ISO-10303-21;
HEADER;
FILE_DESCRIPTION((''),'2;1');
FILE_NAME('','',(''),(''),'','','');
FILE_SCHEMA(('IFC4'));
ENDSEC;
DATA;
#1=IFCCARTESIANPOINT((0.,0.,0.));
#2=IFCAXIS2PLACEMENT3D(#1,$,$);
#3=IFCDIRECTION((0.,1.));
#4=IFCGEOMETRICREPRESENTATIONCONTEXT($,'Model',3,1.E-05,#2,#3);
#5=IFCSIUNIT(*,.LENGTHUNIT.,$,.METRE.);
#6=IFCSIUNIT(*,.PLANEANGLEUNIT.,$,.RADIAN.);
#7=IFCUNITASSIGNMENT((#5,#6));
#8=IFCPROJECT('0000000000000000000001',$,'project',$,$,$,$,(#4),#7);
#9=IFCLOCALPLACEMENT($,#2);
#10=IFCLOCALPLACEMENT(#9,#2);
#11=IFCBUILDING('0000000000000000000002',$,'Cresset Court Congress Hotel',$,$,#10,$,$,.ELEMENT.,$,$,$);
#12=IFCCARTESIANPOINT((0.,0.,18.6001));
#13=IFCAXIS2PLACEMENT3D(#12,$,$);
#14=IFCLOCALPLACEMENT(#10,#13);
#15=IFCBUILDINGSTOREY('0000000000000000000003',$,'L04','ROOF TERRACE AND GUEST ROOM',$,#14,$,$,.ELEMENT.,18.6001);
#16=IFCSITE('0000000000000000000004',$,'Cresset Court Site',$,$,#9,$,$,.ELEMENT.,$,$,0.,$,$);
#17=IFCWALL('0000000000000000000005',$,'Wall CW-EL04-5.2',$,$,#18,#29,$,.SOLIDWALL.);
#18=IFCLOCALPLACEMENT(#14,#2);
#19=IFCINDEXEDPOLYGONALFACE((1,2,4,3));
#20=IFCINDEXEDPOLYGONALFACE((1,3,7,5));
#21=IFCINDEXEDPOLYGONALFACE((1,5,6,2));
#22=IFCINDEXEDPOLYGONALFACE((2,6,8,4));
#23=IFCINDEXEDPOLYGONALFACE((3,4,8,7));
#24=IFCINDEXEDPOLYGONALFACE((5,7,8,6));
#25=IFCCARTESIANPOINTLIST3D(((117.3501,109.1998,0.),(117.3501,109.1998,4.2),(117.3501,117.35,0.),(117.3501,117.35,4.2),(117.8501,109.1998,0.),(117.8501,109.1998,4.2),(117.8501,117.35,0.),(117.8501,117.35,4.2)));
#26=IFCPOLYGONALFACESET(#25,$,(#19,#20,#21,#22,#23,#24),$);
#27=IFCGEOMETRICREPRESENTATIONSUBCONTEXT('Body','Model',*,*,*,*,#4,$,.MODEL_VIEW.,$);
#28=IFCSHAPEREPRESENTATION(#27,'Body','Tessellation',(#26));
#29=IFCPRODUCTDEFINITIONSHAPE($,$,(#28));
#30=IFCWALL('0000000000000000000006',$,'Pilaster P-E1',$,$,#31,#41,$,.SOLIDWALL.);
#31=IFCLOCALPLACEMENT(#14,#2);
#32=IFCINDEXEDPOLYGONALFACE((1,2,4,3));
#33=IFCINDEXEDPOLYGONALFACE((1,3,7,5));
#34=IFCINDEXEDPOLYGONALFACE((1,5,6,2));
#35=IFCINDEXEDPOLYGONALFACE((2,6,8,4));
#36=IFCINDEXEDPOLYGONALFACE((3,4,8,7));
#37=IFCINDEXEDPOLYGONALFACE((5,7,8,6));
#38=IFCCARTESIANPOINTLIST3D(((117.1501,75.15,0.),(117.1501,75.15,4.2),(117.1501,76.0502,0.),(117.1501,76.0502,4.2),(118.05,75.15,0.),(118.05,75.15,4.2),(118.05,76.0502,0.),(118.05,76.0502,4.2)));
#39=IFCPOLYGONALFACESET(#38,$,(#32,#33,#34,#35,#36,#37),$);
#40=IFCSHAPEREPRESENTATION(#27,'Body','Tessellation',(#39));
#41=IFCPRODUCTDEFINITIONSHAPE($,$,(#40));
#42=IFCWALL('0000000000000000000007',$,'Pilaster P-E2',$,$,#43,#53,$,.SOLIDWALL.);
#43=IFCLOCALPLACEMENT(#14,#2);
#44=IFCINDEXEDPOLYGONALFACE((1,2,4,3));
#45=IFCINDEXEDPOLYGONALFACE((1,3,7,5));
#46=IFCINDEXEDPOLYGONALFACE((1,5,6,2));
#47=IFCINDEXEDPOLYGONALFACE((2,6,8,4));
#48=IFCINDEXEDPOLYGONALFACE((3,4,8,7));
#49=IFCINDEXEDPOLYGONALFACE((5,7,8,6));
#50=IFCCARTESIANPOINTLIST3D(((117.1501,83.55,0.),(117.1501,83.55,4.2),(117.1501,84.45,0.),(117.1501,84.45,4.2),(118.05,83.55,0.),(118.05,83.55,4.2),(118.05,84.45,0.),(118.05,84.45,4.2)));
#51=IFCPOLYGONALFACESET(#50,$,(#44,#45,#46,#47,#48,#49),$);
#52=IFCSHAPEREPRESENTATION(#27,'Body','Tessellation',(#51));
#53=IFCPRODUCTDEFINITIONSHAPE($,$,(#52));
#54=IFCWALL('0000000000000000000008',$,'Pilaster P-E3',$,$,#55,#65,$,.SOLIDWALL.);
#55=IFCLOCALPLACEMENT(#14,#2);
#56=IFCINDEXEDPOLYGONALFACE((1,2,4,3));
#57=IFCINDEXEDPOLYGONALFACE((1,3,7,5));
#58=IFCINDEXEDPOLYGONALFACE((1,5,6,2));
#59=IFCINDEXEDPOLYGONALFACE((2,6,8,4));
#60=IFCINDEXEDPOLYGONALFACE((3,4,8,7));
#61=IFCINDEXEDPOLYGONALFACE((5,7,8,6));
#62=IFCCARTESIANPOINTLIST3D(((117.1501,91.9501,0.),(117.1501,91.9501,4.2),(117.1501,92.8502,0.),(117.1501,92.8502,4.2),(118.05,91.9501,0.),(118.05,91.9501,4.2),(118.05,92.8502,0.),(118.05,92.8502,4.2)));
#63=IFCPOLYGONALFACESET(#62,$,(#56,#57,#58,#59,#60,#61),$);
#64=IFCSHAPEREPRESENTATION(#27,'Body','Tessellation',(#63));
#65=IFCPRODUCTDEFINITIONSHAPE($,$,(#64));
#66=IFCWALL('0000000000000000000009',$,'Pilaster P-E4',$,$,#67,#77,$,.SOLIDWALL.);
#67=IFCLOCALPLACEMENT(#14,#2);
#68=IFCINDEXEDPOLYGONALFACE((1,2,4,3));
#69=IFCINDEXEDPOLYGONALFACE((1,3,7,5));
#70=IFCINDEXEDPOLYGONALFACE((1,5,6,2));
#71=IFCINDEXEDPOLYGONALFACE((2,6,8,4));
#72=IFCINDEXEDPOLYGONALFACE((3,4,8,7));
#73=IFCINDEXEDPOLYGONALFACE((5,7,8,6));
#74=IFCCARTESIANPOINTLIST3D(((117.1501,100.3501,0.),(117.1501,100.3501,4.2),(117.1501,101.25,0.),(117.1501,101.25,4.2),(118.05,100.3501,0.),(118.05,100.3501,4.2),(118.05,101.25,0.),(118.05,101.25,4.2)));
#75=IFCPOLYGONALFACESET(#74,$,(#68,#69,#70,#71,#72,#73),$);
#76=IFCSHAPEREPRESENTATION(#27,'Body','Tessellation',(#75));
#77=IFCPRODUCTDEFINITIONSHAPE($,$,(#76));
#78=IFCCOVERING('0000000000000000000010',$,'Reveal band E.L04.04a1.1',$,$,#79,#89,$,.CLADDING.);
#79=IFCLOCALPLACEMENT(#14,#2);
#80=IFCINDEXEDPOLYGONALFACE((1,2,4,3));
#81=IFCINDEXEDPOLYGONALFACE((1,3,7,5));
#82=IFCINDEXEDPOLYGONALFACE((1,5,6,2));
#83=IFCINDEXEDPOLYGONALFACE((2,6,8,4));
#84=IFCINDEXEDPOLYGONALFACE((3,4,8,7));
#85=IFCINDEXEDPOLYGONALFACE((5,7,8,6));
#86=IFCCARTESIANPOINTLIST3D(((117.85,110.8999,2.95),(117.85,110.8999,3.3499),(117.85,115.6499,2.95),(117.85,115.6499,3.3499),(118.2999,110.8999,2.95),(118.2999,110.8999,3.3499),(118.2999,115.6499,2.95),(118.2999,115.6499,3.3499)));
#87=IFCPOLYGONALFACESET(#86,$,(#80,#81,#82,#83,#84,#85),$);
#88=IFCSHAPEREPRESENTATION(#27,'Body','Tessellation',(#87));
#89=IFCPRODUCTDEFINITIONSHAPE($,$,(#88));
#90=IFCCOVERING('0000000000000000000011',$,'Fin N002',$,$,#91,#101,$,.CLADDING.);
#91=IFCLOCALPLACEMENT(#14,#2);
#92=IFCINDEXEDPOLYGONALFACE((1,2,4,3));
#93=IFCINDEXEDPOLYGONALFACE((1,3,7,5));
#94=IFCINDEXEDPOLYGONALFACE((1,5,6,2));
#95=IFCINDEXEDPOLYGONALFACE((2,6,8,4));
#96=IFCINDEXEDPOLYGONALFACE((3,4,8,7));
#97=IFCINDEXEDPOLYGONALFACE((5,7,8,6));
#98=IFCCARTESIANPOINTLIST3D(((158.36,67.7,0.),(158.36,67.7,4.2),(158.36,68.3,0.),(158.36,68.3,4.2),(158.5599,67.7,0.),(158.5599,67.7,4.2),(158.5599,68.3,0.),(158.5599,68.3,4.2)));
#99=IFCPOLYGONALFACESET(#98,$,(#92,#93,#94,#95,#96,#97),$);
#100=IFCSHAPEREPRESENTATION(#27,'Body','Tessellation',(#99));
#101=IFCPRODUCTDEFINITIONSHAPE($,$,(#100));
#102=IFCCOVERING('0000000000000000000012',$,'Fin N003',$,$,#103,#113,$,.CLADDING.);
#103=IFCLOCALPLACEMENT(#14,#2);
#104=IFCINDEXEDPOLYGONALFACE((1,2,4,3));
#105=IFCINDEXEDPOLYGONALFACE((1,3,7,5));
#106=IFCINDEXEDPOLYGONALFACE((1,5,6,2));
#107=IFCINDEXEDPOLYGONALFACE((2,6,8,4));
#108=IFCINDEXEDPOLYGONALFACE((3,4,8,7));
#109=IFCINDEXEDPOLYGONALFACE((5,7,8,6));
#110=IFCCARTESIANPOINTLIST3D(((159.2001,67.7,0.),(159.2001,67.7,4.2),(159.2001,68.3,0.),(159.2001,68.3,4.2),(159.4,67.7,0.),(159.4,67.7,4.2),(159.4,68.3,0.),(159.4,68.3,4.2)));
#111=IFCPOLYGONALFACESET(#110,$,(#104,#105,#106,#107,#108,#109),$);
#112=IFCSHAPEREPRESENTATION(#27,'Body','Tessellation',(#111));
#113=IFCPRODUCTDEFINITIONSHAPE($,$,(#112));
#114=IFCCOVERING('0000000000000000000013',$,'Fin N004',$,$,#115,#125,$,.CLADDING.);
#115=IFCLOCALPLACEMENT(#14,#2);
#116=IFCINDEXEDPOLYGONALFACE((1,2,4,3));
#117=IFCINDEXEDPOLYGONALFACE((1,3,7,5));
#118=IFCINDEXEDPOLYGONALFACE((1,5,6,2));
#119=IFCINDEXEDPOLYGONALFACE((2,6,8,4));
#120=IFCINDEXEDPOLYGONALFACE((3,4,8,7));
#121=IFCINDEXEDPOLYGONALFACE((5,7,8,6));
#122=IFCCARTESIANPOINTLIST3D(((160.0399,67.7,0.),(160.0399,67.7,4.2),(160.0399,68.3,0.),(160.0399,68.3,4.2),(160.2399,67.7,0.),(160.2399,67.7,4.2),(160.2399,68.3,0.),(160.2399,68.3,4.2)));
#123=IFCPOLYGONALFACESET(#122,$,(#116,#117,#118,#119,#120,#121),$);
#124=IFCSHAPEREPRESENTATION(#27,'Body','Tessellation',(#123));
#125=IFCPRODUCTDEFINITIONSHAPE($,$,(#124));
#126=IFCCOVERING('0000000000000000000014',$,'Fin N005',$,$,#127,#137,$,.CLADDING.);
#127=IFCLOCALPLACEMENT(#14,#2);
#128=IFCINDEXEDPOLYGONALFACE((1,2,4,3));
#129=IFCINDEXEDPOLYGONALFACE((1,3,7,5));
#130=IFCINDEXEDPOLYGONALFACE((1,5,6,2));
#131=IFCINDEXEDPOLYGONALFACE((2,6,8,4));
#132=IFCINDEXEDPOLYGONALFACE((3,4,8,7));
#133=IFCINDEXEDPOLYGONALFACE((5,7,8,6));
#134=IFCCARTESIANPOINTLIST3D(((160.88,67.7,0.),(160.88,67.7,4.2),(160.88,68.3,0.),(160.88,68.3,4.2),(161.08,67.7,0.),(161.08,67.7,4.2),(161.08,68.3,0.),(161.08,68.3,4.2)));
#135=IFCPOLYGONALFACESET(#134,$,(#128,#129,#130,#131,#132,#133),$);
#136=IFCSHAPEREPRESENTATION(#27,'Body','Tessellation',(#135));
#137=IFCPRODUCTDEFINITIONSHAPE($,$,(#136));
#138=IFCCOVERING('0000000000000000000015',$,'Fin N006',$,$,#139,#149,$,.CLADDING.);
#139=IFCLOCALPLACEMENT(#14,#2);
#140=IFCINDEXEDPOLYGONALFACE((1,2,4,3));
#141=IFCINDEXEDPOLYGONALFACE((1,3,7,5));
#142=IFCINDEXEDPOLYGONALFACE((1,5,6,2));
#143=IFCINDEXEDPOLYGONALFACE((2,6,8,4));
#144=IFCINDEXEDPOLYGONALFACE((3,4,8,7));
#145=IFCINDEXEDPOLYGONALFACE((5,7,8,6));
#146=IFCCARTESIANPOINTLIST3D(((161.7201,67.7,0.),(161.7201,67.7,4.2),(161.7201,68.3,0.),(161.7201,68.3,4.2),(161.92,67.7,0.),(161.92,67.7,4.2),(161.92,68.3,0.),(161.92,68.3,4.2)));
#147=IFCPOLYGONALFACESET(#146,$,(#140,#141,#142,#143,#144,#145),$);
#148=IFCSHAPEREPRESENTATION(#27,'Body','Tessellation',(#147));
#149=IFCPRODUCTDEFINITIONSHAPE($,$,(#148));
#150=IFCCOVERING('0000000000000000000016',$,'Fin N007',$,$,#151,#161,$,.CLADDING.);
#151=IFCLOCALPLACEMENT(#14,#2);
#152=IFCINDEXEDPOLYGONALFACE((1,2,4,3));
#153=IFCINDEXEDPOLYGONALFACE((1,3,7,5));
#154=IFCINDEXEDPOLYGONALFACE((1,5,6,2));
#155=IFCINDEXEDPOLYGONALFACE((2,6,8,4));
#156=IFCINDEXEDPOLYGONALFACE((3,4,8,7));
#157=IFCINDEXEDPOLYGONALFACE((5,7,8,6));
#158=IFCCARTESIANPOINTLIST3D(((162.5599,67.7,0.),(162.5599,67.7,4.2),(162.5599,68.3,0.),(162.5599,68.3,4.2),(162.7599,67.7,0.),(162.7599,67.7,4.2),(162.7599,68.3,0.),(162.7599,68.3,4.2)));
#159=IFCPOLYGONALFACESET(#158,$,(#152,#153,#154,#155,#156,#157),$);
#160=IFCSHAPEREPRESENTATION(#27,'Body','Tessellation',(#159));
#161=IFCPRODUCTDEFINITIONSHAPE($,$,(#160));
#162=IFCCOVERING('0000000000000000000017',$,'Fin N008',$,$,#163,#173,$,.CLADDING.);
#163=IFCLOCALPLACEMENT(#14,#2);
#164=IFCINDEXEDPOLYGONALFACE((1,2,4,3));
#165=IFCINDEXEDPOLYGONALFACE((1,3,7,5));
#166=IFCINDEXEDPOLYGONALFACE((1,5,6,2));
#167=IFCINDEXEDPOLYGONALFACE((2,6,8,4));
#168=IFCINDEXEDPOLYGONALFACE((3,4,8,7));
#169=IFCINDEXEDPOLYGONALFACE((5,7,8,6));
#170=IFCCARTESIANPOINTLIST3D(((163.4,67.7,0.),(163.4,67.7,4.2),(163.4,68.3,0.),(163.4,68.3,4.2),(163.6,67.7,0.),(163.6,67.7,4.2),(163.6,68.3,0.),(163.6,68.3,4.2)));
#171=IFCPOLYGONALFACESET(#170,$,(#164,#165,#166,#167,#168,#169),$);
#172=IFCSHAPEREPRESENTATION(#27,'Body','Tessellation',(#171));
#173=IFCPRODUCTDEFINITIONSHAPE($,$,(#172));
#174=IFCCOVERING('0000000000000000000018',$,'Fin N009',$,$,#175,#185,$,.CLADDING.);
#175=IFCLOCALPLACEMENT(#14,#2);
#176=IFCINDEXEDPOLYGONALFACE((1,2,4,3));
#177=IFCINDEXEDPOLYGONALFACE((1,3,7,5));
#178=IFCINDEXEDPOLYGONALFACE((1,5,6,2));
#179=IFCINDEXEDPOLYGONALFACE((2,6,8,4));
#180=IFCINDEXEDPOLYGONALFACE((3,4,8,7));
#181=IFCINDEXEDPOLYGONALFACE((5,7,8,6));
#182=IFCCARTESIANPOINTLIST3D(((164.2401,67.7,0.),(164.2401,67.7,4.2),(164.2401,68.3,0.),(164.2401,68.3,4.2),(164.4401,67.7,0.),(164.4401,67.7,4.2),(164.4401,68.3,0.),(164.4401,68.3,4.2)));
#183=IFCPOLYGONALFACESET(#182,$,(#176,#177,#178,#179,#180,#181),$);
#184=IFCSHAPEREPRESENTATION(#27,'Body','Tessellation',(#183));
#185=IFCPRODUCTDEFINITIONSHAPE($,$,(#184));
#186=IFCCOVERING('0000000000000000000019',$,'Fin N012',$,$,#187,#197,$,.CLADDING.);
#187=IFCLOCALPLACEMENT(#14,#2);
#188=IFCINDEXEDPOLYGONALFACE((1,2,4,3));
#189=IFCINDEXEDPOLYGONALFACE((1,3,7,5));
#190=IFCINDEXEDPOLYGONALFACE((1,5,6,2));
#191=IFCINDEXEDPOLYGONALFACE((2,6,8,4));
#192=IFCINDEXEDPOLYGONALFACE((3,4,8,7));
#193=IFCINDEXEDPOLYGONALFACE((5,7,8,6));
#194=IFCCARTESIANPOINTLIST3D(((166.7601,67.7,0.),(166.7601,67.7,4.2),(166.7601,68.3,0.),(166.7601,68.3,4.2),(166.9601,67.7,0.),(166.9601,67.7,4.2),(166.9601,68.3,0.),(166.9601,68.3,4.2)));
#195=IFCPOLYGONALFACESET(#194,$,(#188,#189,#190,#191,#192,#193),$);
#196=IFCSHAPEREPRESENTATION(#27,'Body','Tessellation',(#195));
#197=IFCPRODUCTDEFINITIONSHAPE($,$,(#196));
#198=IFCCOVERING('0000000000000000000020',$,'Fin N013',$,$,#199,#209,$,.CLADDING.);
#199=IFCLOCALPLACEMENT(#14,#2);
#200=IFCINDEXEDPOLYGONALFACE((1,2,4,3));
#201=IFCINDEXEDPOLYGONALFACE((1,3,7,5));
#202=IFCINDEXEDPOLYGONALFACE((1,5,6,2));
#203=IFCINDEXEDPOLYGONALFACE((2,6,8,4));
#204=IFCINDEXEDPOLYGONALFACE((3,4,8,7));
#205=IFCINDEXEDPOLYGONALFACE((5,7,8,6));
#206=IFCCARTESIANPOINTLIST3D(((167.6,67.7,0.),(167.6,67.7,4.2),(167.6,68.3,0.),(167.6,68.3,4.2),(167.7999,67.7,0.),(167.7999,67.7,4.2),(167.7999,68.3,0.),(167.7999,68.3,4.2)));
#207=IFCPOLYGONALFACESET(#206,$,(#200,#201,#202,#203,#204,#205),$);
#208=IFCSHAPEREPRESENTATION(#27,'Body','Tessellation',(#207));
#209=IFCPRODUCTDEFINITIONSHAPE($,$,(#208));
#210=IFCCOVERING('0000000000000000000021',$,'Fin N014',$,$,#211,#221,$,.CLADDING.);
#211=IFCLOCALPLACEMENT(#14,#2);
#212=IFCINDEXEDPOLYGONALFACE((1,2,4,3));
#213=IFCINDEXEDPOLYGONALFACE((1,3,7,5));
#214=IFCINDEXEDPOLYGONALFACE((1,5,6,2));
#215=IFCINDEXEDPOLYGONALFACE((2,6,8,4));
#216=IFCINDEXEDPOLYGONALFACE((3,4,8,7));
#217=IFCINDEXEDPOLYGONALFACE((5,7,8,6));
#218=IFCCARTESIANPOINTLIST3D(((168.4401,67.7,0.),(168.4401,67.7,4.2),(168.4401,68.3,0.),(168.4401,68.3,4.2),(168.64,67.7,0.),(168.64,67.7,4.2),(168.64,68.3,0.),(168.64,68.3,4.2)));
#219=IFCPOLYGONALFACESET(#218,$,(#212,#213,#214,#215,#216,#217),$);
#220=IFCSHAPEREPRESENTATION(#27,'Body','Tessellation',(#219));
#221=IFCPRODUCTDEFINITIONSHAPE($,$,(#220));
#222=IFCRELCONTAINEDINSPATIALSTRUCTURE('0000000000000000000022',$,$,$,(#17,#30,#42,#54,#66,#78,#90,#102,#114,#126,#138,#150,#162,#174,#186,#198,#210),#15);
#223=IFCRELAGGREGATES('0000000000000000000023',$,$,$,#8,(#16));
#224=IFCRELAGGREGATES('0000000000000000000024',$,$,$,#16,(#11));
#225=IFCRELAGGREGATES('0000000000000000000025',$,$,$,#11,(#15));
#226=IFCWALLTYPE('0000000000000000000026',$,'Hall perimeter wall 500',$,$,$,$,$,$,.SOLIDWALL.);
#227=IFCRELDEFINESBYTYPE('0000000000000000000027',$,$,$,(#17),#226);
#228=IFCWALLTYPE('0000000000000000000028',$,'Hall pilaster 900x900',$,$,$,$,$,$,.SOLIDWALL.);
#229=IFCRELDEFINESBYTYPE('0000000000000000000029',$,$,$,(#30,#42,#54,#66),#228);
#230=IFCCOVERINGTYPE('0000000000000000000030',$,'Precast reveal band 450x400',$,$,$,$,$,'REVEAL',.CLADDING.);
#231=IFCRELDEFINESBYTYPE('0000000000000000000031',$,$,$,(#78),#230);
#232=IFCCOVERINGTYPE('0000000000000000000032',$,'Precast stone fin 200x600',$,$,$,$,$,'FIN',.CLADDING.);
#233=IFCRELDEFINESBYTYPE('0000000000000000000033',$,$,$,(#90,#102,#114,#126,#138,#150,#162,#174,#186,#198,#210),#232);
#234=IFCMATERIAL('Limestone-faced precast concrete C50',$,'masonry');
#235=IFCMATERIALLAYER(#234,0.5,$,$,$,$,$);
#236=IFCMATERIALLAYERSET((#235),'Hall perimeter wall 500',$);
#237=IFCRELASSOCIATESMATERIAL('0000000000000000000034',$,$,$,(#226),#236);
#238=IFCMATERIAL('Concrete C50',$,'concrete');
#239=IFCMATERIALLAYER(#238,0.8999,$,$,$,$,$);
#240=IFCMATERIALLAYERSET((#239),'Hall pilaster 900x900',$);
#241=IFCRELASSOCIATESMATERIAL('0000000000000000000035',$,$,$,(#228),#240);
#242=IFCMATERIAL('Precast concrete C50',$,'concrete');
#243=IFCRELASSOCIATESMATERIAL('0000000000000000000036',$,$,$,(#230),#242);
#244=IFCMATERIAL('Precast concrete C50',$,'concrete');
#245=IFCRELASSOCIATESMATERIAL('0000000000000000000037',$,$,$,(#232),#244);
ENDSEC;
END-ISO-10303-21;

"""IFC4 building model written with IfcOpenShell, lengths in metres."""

from ifc_helpers import new_model, si_unit, direction, frame, frame_2d, origin, origin_2d, place, context, subcontext, project, spatial, rectangle, extrude, material, layer, layer_set, type_object, element, save


model = new_model("IFC4")

# Units and contexts
model_context = context("Model", 3, precision=1e-05, world=origin(), true_north=direction((0.0, 1.0)))
body_context = subcontext(model_context, "Body", "Model", "MODEL_VIEW")
ifc_project = project(units=[si_unit("LENGTHUNIT", "METRE"), si_unit("PLANEANGLEUNIT", "RADIAN")], contexts=[model_context])

# Site, building, storey
site_placement = place(None, origin())
site = spatial("IfcSite", under=ifc_project, at=site_placement, Name="Cresset Court Site", CompositionType="ELEMENT", RefElevation=0.0)
building_placement = place(site_placement, origin())
building = spatial("IfcBuilding", under=site, at=building_placement, Name="Cresset Court Congress Hotel", CompositionType="ELEMENT")
storey_placement = place(building_placement, frame((0.0, 0.0, 18.6001)))
storey = spatial("IfcBuildingStorey", under=building, at=storey_placement, Name="L04", Description="ROOF TERRACE AND GUEST ROOM", CompositionType="ELEMENT", Elevation=18.6001)

# Walls
ifc_material_1 = material(Name="Limestone-faced precast concrete C50", Category="masonry")
ifc_layer_1 = layer(ifc_material_1, 0.5)
ifc_layer_set_1 = layer_set([ifc_layer_1], Name="Hall perimeter wall 500")
wall_type_1 = type_object("IfcWallType", Name="Hall perimeter wall 500", PredefinedType="SOLIDWALL", material=ifc_layer_set_1)
wall_1_placement = place(storey_placement, frame((117.6001, 117.3501, 0.0), z_axis=(0.0, 0.0, 1.0), x_axis=(0.0, -1.0, 0.0)))
element("IfcWall", 1, at=wall_1_placement, inside=storey, type_object=wall_type_1, Name="Wall CW-EL04-5.2", PredefinedType="SOLIDWALL", context=body_context, shape_type="SweptSolid", body=[
    extrude(rectangle(XDim=8.1501, YDim=0.5, at=frame_2d((4.0752, 0.0))), origin(), (0.0, 0.0, 1.0), 4.2),
])
ifc_material_2 = material(Name="Concrete C50", Category="concrete")
ifc_layer_2 = layer(ifc_material_2, 0.8999)
ifc_layer_set_2 = layer_set([ifc_layer_2], Name="Hall pilaster 900x900")
wall_type_2 = type_object("IfcWallType", Name="Hall pilaster 900x900", PredefinedType="SOLIDWALL", material=ifc_layer_set_2)
wall_2_placement = place(storey_placement, frame((117.6001, 75.1499, 0.0), z_axis=(0.0, 0.0, 1.0), x_axis=(0.0, 1.0, 0.0)))
element("IfcWall", 2, at=wall_2_placement, inside=storey, type_object=wall_type_2, Name="Pilaster P-E1", PredefinedType="SOLIDWALL", context=body_context, shape_type="SweptSolid", body=[
    extrude(rectangle(XDim=0.9001, YDim=0.8999, at=frame_2d((0.4502, 0.0))), origin(), (0.0, 0.0, 1.0), 4.2),
])
wall_3_placement = place(storey_placement, frame((117.6001, 83.55, 0.0), z_axis=(0.0, 0.0, 1.0), x_axis=(0.0, 1.0, 0.0)))
element("IfcWall", 3, at=wall_3_placement, inside=storey, type_object=wall_type_2, Name="Pilaster P-E2", PredefinedType="SOLIDWALL", context=body_context, shape_type="SweptSolid", body=[
    extrude(rectangle(XDim=0.8999, YDim=0.8999, at=frame_2d((0.45, 0.0))), origin(), (0.0, 0.0, 1.0), 4.2),
])
wall_4_placement = place(storey_placement, frame((117.6001, 91.95, 0.0), z_axis=(0.0, 0.0, 1.0), x_axis=(0.0, 1.0, 0.0)))
element("IfcWall", 4, at=wall_4_placement, inside=storey, type_object=wall_type_2, Name="Pilaster P-E3", PredefinedType="SOLIDWALL", context=body_context, shape_type="SweptSolid", body=[
    extrude(rectangle(XDim=0.9001, YDim=0.8999, at=frame_2d((0.4502, 0.0))), origin(), (0.0, 0.0, 1.0), 4.2),
])
wall_5_placement = place(storey_placement, frame((117.6001, 100.3501, 0.0), z_axis=(0.0, 0.0, 1.0), x_axis=(0.0, 1.0, 0.0)))
element("IfcWall", 5, at=wall_5_placement, inside=storey, type_object=wall_type_2, Name="Pilaster P-E4", PredefinedType="SOLIDWALL", context=body_context, shape_type="SweptSolid", body=[
    extrude(rectangle(XDim=0.8999, YDim=0.8999, at=frame_2d((0.45, 0.0))), origin(), (0.0, 0.0, 1.0), 4.2),
])

# Coverings
ifc_material_3 = material(Name="Precast concrete C50", Category="concrete")
covering_type_1 = type_object("IfcCoveringType", Name="Precast reveal band 450x400", ElementType="REVEAL", PredefinedType="CLADDING", material=ifc_material_3)
covering_1_placement = place(storey_placement, frame((118.075, 113.2749, 2.95), z_axis=(0.0, 0.0, 1.0), x_axis=(0.0, -1.0, 0.0)))
element("IfcCovering", 6, at=covering_1_placement, inside=storey, type_object=covering_type_1, Name="Reveal band E.L04.04a1.1", PredefinedType="CLADDING", context=body_context, shape_type="SweptSolid", body=[
    extrude(rectangle(XDim=4.75, YDim=0.45, at=origin_2d()), origin(), (0.0, 0.0, 1.0), 0.3999),
])
ifc_material_4 = material(Name="Precast concrete C50", Category="concrete")
covering_type_2 = type_object("IfcCoveringType", Name="Precast stone fin 200x600", ElementType="FIN", PredefinedType="CLADDING", material=ifc_material_4)
for number, where, z_axis, x_axis, name in (
    (7, (158.46, 68.0, 0.0), (0.0, 0.0, 1.0), (1.0, 0.0, 0.0), "Fin N002"),
    (8, (159.3, 68.0, 0.0), (0.0, 0.0, 1.0), (1.0, 0.0, 0.0), "Fin N003"),
    (9, (160.1399, 68.0, 0.0), (0.0, 0.0, 1.0), (1.0, 0.0, 0.0), "Fin N004"),
    (10, (160.98, 68.0, 0.0), (0.0, 0.0, 1.0), (1.0, 0.0, 0.0), "Fin N005"),
    (11, (161.8201, 68.0, 0.0), (0.0, 0.0, 1.0), (1.0, 0.0, 0.0), "Fin N006"),
    (12, (162.6599, 68.0, 0.0), (0.0, 0.0, 1.0), (1.0, 0.0, 0.0), "Fin N007"),
    (13, (163.5, 68.0, 0.0), (0.0, 0.0, 1.0), (1.0, 0.0, 0.0), "Fin N008"),
    (14, (164.3401, 68.0, 0.0), (0.0, 0.0, 1.0), (1.0, 0.0, 0.0), "Fin N009"),
    (15, (166.8601, 68.0, 0.0), (0.0, 0.0, 1.0), (1.0, 0.0, 0.0), "Fin N012"),
    (16, (167.7, 68.0, 0.0), (0.0, 0.0, 1.0), (1.0, 0.0, 0.0), "Fin N013"),
    (17, (168.54, 68.0, 0.0), (0.0, 0.0, 1.0), (1.0, 0.0, 0.0), "Fin N014"),
):
    element("IfcCovering", number, at=place(storey_placement, frame(where, z_axis=z_axis, x_axis=x_axis)), inside=storey, type_object=covering_type_2, Name=name, PredefinedType="CLADDING", context=body_context, shape_type="SweptSolid", body=[
        extrude(rectangle(XDim=0.2, YDim=0.6001, at=origin_2d()), origin(), (0.0, 0.0, 1.0), 4.2),
    ])

save(model, "model.ifc")
